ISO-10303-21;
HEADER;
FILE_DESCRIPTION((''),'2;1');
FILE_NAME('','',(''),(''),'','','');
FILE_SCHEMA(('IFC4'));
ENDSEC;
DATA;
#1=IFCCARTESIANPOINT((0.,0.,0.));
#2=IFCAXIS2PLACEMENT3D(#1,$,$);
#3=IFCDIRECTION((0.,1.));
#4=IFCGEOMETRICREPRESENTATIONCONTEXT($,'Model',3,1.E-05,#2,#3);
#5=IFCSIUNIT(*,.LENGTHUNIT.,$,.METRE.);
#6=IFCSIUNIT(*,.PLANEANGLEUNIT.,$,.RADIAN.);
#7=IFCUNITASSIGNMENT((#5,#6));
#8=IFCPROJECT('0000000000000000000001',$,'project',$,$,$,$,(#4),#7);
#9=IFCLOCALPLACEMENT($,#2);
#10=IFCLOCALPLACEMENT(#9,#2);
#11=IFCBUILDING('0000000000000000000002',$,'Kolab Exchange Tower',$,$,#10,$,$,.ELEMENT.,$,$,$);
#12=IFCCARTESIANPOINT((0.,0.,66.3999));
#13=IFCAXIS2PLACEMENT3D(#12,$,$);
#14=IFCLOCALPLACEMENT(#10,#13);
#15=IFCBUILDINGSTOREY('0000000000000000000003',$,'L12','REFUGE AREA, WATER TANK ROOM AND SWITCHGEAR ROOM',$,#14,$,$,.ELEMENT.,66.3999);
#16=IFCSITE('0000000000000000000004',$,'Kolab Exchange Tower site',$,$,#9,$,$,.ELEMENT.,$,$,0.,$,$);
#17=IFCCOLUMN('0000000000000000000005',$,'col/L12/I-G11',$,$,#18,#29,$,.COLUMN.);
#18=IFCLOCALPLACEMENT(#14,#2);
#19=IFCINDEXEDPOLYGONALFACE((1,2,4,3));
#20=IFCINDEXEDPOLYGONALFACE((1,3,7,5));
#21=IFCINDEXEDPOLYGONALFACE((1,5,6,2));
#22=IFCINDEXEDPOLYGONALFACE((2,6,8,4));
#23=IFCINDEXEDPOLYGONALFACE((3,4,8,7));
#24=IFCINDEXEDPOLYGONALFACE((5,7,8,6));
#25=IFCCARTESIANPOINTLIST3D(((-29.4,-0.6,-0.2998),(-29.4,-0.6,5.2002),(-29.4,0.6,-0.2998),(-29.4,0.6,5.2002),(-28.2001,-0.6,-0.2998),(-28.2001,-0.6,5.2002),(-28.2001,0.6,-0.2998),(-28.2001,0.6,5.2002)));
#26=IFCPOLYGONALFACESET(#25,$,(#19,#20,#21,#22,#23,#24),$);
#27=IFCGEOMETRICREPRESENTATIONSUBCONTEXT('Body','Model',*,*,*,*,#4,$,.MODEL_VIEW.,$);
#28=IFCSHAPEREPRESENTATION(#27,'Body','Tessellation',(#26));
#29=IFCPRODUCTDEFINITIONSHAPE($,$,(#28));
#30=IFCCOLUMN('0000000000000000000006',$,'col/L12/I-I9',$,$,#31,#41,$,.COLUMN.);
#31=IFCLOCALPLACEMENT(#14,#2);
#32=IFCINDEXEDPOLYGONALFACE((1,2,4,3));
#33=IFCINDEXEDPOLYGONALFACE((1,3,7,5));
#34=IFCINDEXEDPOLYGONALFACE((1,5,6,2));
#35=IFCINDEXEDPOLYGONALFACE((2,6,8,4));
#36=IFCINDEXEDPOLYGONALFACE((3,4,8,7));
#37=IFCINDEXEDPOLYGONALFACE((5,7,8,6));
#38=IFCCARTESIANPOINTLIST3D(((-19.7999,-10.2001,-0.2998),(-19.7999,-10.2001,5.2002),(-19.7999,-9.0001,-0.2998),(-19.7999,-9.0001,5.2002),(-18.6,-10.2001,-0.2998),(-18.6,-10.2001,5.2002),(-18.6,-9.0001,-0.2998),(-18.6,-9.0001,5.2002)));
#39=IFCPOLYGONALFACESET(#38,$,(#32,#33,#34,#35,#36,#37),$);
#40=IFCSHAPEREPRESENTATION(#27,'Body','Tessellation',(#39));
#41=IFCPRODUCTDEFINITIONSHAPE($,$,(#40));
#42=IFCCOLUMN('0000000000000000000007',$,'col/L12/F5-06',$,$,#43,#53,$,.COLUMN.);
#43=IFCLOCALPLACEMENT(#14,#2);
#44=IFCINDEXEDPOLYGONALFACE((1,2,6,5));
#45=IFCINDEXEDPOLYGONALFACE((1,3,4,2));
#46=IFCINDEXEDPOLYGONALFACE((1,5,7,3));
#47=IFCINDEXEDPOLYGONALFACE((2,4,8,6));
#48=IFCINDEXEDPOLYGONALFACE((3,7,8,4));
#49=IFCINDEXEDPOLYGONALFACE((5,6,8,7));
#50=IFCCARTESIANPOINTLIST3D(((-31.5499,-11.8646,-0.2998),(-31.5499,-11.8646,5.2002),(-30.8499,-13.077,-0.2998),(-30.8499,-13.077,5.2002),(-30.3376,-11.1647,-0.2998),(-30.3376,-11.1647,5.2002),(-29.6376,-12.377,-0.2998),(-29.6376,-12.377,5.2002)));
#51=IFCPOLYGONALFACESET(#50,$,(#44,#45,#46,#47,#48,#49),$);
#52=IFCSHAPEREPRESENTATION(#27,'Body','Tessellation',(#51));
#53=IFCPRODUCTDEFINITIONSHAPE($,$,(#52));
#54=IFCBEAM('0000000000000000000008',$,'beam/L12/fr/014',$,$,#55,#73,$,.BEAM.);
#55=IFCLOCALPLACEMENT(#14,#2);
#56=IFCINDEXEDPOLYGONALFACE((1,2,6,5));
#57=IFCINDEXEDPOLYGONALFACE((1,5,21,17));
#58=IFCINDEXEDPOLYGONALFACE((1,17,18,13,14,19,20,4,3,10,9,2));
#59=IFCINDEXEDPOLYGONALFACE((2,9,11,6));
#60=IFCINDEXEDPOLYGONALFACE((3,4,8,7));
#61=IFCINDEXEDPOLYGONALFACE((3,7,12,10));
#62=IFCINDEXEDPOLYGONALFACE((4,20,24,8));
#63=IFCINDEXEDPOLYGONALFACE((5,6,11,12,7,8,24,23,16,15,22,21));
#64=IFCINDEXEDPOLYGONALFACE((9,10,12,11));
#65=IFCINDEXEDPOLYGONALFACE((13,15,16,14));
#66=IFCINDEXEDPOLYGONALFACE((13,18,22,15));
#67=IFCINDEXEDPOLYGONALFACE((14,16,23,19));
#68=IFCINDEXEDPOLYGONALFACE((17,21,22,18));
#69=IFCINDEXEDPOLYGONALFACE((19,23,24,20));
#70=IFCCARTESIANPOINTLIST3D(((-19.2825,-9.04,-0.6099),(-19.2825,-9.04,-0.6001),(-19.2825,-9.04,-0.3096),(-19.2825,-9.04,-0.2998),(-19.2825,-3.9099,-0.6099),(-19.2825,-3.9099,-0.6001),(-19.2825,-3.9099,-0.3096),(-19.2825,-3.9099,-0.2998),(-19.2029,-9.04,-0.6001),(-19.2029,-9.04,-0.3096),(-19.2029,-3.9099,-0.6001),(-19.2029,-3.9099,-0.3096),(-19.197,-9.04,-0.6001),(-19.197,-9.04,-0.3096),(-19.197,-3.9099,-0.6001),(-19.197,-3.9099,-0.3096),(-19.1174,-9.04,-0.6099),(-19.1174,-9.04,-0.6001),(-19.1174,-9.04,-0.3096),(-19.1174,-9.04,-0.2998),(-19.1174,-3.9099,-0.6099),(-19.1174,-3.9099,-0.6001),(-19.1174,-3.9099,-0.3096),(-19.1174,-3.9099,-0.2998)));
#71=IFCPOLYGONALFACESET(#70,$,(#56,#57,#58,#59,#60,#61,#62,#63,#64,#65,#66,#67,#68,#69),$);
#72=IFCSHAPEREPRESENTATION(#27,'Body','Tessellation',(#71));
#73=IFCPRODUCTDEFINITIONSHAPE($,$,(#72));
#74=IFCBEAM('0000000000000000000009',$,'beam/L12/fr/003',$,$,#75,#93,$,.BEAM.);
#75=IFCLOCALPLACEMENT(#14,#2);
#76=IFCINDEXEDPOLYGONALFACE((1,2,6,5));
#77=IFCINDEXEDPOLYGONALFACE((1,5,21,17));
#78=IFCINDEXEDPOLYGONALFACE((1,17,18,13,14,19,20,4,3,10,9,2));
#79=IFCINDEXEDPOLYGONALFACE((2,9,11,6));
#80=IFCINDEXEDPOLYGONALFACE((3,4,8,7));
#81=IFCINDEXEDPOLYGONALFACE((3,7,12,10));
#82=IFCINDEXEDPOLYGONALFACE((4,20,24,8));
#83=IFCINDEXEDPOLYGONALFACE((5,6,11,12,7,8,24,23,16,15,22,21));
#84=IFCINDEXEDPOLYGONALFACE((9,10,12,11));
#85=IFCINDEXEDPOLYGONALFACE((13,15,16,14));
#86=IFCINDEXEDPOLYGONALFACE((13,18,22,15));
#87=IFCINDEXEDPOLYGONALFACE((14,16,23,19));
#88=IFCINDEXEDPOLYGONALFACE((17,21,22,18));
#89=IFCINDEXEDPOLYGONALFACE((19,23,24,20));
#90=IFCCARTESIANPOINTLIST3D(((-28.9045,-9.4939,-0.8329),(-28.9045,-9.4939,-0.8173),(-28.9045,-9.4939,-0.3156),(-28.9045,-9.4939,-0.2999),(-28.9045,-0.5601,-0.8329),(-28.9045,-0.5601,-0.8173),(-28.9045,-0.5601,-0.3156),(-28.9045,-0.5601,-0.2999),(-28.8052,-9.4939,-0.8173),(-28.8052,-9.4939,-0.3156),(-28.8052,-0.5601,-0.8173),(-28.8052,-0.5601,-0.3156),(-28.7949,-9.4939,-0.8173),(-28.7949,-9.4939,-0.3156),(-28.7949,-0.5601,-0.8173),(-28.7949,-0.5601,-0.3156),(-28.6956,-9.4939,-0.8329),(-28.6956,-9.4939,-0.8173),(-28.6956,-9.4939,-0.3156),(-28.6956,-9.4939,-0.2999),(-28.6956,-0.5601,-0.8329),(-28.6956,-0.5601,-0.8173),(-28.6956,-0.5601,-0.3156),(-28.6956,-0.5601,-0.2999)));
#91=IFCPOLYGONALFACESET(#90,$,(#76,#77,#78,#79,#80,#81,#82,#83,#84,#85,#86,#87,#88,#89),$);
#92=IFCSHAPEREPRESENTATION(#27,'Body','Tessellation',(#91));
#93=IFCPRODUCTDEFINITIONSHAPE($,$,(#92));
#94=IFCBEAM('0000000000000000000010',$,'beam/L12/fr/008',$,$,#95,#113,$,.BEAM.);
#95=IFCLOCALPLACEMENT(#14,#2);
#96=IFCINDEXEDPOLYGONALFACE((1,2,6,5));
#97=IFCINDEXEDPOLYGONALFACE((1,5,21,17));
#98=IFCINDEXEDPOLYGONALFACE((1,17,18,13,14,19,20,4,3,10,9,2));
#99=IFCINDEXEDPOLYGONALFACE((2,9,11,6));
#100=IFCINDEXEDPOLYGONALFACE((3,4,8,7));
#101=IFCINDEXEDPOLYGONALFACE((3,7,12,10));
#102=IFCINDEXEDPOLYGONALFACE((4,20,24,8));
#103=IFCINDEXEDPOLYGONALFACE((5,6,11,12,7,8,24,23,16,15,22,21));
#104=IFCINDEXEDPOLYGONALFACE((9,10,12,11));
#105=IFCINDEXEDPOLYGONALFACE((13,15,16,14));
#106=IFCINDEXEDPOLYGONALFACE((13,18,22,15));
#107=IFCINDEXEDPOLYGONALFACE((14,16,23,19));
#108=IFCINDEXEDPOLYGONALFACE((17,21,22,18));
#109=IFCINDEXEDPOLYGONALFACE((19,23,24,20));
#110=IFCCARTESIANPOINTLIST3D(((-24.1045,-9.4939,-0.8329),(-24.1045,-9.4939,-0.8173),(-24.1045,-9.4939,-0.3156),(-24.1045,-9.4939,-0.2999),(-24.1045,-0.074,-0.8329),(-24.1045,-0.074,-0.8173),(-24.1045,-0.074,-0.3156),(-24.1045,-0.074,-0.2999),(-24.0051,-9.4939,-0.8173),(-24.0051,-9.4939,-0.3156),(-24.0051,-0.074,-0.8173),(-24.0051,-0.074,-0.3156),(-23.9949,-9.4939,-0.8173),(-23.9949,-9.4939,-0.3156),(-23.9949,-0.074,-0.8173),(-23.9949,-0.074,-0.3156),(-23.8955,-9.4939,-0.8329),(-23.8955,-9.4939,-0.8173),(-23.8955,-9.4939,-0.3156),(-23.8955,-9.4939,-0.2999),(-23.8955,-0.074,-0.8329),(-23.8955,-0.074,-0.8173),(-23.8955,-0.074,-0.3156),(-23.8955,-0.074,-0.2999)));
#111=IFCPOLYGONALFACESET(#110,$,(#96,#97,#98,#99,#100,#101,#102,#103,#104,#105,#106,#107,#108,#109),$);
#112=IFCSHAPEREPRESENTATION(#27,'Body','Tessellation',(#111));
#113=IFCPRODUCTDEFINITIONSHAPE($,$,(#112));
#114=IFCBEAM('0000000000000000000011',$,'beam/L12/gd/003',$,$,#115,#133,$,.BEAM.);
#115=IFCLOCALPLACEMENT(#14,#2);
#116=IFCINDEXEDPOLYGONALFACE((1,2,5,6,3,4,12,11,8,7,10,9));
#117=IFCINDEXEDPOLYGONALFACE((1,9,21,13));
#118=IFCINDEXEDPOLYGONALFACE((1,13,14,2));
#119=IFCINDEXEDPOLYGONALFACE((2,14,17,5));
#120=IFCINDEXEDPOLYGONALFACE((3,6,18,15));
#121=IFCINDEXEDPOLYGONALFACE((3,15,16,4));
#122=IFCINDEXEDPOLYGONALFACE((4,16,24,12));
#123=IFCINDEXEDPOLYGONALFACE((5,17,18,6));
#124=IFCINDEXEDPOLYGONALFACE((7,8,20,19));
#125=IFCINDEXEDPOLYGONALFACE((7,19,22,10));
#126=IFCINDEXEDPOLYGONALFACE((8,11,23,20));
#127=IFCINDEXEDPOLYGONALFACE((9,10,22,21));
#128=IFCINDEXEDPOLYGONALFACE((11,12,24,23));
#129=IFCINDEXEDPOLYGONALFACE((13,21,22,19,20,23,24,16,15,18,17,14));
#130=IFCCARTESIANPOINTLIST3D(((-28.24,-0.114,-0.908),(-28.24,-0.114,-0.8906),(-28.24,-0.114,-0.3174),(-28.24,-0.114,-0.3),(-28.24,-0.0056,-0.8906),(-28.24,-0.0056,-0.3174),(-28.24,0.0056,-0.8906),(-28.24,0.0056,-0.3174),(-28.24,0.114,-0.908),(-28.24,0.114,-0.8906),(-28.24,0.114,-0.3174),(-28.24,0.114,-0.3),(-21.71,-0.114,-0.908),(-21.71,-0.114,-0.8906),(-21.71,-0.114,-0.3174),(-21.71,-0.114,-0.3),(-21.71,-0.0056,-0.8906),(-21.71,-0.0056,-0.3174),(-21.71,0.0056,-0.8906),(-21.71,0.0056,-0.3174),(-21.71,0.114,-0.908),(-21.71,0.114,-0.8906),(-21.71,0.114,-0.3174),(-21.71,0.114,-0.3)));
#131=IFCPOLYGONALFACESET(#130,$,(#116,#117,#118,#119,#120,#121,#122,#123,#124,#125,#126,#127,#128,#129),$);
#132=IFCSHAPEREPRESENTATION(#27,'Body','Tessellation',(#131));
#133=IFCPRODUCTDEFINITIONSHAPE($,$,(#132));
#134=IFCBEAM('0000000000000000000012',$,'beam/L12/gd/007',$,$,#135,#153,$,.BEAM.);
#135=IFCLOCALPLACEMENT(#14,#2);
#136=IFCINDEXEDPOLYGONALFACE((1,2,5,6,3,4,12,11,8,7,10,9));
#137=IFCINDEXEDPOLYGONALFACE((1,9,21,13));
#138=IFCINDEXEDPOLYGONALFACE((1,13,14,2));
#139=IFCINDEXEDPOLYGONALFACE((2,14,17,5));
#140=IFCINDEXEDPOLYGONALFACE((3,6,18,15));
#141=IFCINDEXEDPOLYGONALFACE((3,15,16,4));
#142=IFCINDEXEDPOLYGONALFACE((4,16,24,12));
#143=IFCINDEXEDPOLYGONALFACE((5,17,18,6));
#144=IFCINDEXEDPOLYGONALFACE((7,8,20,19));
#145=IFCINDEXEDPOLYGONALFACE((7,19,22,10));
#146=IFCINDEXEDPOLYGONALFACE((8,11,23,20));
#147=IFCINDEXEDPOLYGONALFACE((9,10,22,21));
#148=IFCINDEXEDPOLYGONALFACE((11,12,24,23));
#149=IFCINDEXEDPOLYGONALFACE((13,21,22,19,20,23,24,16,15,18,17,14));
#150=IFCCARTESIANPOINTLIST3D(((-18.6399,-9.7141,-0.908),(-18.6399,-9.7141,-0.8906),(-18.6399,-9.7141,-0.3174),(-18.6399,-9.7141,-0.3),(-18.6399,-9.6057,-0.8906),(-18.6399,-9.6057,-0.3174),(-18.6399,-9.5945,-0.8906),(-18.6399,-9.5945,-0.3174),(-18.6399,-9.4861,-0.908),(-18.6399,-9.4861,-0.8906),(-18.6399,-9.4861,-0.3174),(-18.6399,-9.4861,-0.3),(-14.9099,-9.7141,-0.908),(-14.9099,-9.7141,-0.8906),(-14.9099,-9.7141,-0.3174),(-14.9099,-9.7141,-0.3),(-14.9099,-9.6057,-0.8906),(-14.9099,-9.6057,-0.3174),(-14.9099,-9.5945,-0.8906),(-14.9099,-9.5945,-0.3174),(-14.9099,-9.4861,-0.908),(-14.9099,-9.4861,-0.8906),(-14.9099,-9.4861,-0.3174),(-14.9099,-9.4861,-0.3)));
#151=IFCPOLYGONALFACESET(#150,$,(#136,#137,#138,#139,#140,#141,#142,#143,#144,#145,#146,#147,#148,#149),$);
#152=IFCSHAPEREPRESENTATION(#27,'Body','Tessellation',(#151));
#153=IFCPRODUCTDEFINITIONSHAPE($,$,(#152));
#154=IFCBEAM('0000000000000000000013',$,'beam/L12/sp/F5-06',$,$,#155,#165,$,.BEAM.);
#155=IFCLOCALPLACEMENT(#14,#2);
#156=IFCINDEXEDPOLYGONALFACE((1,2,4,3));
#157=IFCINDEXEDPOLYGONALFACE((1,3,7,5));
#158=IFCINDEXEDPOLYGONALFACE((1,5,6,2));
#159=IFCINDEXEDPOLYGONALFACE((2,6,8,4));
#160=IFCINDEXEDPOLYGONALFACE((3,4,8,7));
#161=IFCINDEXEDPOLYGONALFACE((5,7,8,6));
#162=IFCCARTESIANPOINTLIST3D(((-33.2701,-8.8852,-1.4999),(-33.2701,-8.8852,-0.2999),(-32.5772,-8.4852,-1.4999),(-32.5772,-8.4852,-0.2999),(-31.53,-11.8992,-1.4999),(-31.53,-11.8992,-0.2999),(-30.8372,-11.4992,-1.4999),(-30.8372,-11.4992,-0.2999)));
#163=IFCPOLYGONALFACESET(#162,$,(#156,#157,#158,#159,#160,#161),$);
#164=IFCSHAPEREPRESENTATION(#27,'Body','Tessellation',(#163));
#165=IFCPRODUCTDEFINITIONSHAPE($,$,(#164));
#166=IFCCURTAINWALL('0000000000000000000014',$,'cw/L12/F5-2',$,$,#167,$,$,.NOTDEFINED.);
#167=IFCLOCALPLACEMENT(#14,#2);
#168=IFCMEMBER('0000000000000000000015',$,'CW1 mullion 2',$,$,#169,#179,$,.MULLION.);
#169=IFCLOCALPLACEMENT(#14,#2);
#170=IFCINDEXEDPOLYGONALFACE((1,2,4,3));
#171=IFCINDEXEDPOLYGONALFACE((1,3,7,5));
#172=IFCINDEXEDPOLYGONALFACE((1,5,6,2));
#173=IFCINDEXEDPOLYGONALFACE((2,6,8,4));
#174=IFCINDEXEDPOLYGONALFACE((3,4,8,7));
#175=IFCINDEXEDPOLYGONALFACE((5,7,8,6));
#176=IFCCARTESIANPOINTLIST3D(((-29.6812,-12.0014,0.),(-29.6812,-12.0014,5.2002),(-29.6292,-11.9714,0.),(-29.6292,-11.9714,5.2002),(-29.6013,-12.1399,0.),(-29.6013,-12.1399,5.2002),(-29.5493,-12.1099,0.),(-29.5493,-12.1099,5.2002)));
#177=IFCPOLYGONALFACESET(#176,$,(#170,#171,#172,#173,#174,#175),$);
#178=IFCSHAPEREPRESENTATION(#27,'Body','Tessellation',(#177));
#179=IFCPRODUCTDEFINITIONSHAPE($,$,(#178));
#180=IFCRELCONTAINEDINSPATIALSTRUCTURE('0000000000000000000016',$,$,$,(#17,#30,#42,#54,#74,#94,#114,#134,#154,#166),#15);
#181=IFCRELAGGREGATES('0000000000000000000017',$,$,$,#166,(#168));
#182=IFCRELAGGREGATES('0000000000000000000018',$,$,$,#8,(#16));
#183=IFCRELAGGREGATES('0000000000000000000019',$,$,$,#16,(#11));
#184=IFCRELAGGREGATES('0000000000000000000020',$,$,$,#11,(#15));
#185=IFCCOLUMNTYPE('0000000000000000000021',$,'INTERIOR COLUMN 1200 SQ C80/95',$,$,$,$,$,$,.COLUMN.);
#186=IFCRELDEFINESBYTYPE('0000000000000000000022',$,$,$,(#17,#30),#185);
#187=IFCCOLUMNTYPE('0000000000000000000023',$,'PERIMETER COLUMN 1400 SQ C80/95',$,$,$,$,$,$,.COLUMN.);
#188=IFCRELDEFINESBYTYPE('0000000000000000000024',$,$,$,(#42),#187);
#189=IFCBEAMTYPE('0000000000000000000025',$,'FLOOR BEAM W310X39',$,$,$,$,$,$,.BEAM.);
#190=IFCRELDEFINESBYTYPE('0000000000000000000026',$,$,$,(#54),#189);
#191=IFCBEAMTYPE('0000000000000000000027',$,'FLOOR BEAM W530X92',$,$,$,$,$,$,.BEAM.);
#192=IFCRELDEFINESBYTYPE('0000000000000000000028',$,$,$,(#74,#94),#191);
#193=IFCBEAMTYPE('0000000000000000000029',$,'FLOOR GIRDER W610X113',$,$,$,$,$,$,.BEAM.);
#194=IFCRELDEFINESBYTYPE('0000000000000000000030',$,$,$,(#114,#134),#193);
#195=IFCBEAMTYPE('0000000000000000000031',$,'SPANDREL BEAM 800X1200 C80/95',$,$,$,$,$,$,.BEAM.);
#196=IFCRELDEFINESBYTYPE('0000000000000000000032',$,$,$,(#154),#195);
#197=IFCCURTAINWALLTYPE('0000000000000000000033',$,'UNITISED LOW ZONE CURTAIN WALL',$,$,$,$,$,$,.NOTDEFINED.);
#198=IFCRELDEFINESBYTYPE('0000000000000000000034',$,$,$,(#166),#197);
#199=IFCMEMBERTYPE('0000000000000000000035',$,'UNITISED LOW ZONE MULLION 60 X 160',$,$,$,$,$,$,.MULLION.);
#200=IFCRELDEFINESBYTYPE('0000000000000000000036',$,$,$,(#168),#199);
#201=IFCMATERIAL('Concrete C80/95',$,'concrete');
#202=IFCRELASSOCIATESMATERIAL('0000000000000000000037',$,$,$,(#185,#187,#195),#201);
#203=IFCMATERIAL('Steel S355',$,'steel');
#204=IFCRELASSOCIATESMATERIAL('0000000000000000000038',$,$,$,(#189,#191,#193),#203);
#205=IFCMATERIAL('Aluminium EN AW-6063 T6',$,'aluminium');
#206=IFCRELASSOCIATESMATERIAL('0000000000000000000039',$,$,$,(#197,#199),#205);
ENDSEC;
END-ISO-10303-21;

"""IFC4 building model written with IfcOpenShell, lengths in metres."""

from ifc_helpers import new_model, si_unit, direction, frame, origin, origin_2d, place, context, subcontext, project, spatial, rectangle, i_section, extrude, material, material_profile, profile_set, type_object, element, aggregate, save


model = new_model("IFC4")

# Units and contexts
model_context = context("Model", 3, precision=1e-05, world=origin(), true_north=direction((0.0, 1.0)))
body_context = subcontext(model_context, "Body", "Model", "MODEL_VIEW")
ifc_project = project(units=[si_unit("LENGTHUNIT", "METRE"), si_unit("PLANEANGLEUNIT", "RADIAN")], contexts=[model_context])

# Site, building, storey
site_placement = place(None, origin())
site = spatial("IfcSite", under=ifc_project, at=site_placement, Name="Kolab Exchange Tower site", CompositionType="ELEMENT", RefElevation=0.0)
building_placement = place(site_placement, origin())
building = spatial("IfcBuilding", under=site, at=building_placement, Name="Kolab Exchange Tower", CompositionType="ELEMENT")
storey_placement = place(building_placement, frame((0.0, 0.0, 66.3999)))
storey = spatial("IfcBuildingStorey", under=building, at=storey_placement, Name="L12", Description="REFUGE AREA, WATER TANK ROOM AND SWITCHGEAR ROOM", CompositionType="ELEMENT", Elevation=66.3999)

# Columns
ifc_material_1 = material(Name="Concrete C80/95", Category="concrete")
ifc_material_profile_1 = material_profile(ifc_material_1, rectangle(XDim=1.2, YDim=1.2, at=origin_2d()), Name="RC1200")
ifc_profile_set_1 = profile_set([ifc_material_profile_1], Name="Concrete C80/95")
column_type_1 = type_object("IfcColumnType", Name="INTERIOR COLUMN 1200 SQ C80/95", PredefinedType="COLUMN", material=ifc_profile_set_1)
for number, where, z_axis, x_axis, name in (
    (1, (-28.8, 0.0, -0.2998), (0.0, 0.0, 1.0), (1.0, 0.0, 0.0), "col/L12/I-G11"),
    (2, (-19.2, -9.6001, -0.2998), (0.0, 0.0, 1.0), (1.0, 0.0, 0.0), "col/L12/I-I9"),
):
    element("IfcColumn", number, at=place(storey_placement, frame(where, z_axis=z_axis, x_axis=x_axis)), inside=storey, type_object=column_type_1, Name=name, PredefinedType="COLUMN", context=body_context, shape_type="SweptSolid", body=[
        extrude(rectangle(XDim=1.2, YDim=1.2, at=origin_2d()), origin(), (0.0, 0.0, 1.0), 5.5),
    ])
ifc_material_profile_2 = material_profile(ifc_material_1, rectangle(XDim=1.3999, YDim=1.3999, at=origin_2d()), Name="RC1400")
ifc_profile_set_2 = profile_set([ifc_material_profile_2], Name="Concrete C80/95")
column_type_2 = type_object("IfcColumnType", Name="PERIMETER COLUMN 1400 SQ C80/95", PredefinedType="COLUMN", material=ifc_profile_set_2)
column_placement = place(storey_placement, frame((-30.5938, -12.1208, -0.2998), z_axis=(0.0, 0.0, 1.0), x_axis=(0.866025, 0.5, 0.0)))
element("IfcColumn", 3, at=column_placement, inside=storey, type_object=column_type_2, Name="col/L12/F5-06", PredefinedType="COLUMN", context=body_context, shape_type="SweptSolid", body=[
    extrude(rectangle(XDim=1.3999, YDim=1.3999, at=origin_2d()), origin(), (0.0, 0.0, 1.0), 5.5),
])

# Beams
ifc_material_2 = material(Name="Steel S355", Category="steel")
ifc_material_profile_3 = material_profile(ifc_material_2, i_section(OverallWidth=0.165, OverallDepth=0.3101, WebThickness=0.0059, FlangeThickness=0.0098, at=origin_2d()), Name="W310X39")
ifc_profile_set_3 = profile_set([ifc_material_profile_3], Name="Steel S355")
beam_type_1 = type_object("IfcBeamType", Name="FLOOR BEAM W310X39", PredefinedType="BEAM", material=ifc_profile_set_3)
beam_1_placement = place(storey_placement, frame((-19.2, -9.04, -0.4548), z_axis=(0.0, 1.0, 0.0), x_axis=(-1.0, 0.0, 0.0)))
element("IfcBeam", 4, at=beam_1_placement, inside=storey, type_object=beam_type_1, Name="beam/L12/fr/014", PredefinedType="BEAM", context=body_context, shape_type="SweptSolid", body=[
    extrude(i_section(OverallWidth=0.165, OverallDepth=0.3101, WebThickness=0.0059, FlangeThickness=0.0098, at=origin_2d()), origin(), (0.0, 0.0, 1.0), 5.1301),
])
ifc_material_profile_4 = material_profile(ifc_material_2, i_section(OverallWidth=0.209, OverallDepth=0.533, WebThickness=0.0103, FlangeThickness=0.0156, at=origin_2d()), Name="W530X92")
ifc_profile_set_4 = profile_set([ifc_material_profile_4], Name="Steel S355")
beam_type_2 = type_object("IfcBeamType", Name="FLOOR BEAM W530X92", PredefinedType="BEAM", material=ifc_profile_set_4)
beam_2_placement = place(storey_placement, frame((-28.8, -9.4939, -0.5664), z_axis=(0.0, 1.0, 0.0), x_axis=(-1.0, 0.0, 0.0)))
element("IfcBeam", 5, at=beam_2_placement, inside=storey, type_object=beam_type_2, Name="beam/L12/fr/003", PredefinedType="BEAM", context=body_context, shape_type="SweptSolid", body=[
    extrude(i_section(OverallWidth=0.209, OverallDepth=0.533, WebThickness=0.0103, FlangeThickness=0.0156, at=origin_2d()), origin(), (0.0, 0.0, 1.0), 8.9338),
])
beam_3_placement = place(storey_placement, frame((-24.0, -9.4939, -0.5664), z_axis=(0.0, 1.0, 0.0), x_axis=(-1.0, 0.0, 0.0)))
element("IfcBeam", 6, at=beam_3_placement, inside=storey, type_object=beam_type_2, Name="beam/L12/fr/008", PredefinedType="BEAM", context=body_context, shape_type="SweptSolid", body=[
    extrude(i_section(OverallWidth=0.209, OverallDepth=0.533, WebThickness=0.0103, FlangeThickness=0.0156, at=origin_2d()), origin(), (0.0, 0.0, 1.0), 9.4199),
])
ifc_material_profile_5 = material_profile(ifc_material_2, i_section(OverallWidth=0.228, OverallDepth=0.6079, WebThickness=0.0112, FlangeThickness=0.0173, at=origin_2d()), Name="W610X113")
ifc_profile_set_5 = profile_set([ifc_material_profile_5], Name="Steel S355")
beam_type_3 = type_object("IfcBeamType", Name="FLOOR GIRDER W610X113", PredefinedType="BEAM", material=ifc_profile_set_5)
beam_4_placement = place(storey_placement, frame((-28.24, 0.0, -0.604), z_axis=(1.0, 0.0, 0.0), x_axis=(0.0, 1.0, 0.0)))
element("IfcBeam", 7, at=beam_4_placement, inside=storey, type_object=beam_type_3, Name="beam/L12/gd/003", PredefinedType="BEAM", context=body_context, shape_type="SweptSolid", body=[
    extrude(i_section(OverallWidth=0.228, OverallDepth=0.6079, WebThickness=0.0112, FlangeThickness=0.0173, at=origin_2d()), origin(), (0.0, 0.0, 1.0), 6.53),
])
beam_5_placement = place(storey_placement, frame((-18.6399, -9.6001, -0.604), z_axis=(1.0, 0.0, 0.0), x_axis=(0.0, 1.0, 0.0)))
element("IfcBeam", 8, at=beam_5_placement, inside=storey, type_object=beam_type_3, Name="beam/L12/gd/007", PredefinedType="BEAM", context=body_context, shape_type="SweptSolid", body=[
    extrude(i_section(OverallWidth=0.228, OverallDepth=0.6079, WebThickness=0.0112, FlangeThickness=0.0173, at=origin_2d()), origin(), (0.0, 0.0, 1.0), 3.73),
])
ifc_material_profile_6 = material_profile(ifc_material_1, rectangle(XDim=0.8, YDim=1.2, at=origin_2d()), Name="RC800X1200")
ifc_profile_set_6 = profile_set([ifc_material_profile_6], Name="Concrete C80/95")
beam_type_4 = type_object("IfcBeamType", Name="SPANDREL BEAM 800X1200 C80/95", PredefinedType="BEAM", material=ifc_profile_set_6)
beam_6_placement = place(storey_placement, frame((-31.1836, -11.6992, -0.8999), z_axis=(-0.49998, 0.866037, 0.0), x_axis=(-0.866037, -0.49998, 0.0)))
element("IfcBeam", 9, at=beam_6_placement, inside=storey, type_object=beam_type_4, Name="beam/L12/sp/F5-06", PredefinedType="BEAM", context=body_context, shape_type="SweptSolid", body=[
    extrude(rectangle(XDim=0.8, YDim=1.2, at=origin_2d()), origin(), (0.0, 0.0, 1.0), 3.4802),
])

# Curtain wall, member
ifc_material_3 = material(Name="Aluminium EN AW-6063 T6", Category="aluminium")
curtain_wall_type = type_object("IfcCurtainWallType", Name="UNITISED LOW ZONE CURTAIN WALL", PredefinedType="NOTDEFINED", material=ifc_material_3)
curtain_wall_placement = place(storey_placement, origin())
curtain_wall = element("IfcCurtainWall", 10, at=curtain_wall_placement, inside=storey, type_object=curtain_wall_type, Name="cw/L12/F5-2", PredefinedType="NOTDEFINED")
ifc_material_profile_7 = material_profile(ifc_material_3, rectangle(XDim=0.0601, YDim=0.1599, at=origin_2d()), Name="RECT 60X160")
ifc_profile_set_7 = profile_set([ifc_material_profile_7], Name="Aluminium EN AW-6063 T6")
member_type_1 = type_object("IfcMemberType", Name="UNITISED LOW ZONE MULLION 60 X 160", PredefinedType="MULLION", material=ifc_profile_set_7)
member_1_placement = place(storey_placement, frame((-29.6152, -12.0557, 0.0), z_axis=(0.0, 0.0, 1.0), x_axis=(-0.866025, -0.5, 0.0)))
member_1 = element("IfcMember", 11, at=member_1_placement, type_object=member_type_1, Name="CW1 mullion 2", PredefinedType="MULLION", context=body_context, shape_type="SweptSolid", body=[
    extrude(rectangle(XDim=0.0601, YDim=0.1599, at=origin_2d()), origin(), (0.0, 0.0, 1.0), 5.2002),
])
aggregate(curtain_wall, [member_1])

save(model, "model.ifc")
